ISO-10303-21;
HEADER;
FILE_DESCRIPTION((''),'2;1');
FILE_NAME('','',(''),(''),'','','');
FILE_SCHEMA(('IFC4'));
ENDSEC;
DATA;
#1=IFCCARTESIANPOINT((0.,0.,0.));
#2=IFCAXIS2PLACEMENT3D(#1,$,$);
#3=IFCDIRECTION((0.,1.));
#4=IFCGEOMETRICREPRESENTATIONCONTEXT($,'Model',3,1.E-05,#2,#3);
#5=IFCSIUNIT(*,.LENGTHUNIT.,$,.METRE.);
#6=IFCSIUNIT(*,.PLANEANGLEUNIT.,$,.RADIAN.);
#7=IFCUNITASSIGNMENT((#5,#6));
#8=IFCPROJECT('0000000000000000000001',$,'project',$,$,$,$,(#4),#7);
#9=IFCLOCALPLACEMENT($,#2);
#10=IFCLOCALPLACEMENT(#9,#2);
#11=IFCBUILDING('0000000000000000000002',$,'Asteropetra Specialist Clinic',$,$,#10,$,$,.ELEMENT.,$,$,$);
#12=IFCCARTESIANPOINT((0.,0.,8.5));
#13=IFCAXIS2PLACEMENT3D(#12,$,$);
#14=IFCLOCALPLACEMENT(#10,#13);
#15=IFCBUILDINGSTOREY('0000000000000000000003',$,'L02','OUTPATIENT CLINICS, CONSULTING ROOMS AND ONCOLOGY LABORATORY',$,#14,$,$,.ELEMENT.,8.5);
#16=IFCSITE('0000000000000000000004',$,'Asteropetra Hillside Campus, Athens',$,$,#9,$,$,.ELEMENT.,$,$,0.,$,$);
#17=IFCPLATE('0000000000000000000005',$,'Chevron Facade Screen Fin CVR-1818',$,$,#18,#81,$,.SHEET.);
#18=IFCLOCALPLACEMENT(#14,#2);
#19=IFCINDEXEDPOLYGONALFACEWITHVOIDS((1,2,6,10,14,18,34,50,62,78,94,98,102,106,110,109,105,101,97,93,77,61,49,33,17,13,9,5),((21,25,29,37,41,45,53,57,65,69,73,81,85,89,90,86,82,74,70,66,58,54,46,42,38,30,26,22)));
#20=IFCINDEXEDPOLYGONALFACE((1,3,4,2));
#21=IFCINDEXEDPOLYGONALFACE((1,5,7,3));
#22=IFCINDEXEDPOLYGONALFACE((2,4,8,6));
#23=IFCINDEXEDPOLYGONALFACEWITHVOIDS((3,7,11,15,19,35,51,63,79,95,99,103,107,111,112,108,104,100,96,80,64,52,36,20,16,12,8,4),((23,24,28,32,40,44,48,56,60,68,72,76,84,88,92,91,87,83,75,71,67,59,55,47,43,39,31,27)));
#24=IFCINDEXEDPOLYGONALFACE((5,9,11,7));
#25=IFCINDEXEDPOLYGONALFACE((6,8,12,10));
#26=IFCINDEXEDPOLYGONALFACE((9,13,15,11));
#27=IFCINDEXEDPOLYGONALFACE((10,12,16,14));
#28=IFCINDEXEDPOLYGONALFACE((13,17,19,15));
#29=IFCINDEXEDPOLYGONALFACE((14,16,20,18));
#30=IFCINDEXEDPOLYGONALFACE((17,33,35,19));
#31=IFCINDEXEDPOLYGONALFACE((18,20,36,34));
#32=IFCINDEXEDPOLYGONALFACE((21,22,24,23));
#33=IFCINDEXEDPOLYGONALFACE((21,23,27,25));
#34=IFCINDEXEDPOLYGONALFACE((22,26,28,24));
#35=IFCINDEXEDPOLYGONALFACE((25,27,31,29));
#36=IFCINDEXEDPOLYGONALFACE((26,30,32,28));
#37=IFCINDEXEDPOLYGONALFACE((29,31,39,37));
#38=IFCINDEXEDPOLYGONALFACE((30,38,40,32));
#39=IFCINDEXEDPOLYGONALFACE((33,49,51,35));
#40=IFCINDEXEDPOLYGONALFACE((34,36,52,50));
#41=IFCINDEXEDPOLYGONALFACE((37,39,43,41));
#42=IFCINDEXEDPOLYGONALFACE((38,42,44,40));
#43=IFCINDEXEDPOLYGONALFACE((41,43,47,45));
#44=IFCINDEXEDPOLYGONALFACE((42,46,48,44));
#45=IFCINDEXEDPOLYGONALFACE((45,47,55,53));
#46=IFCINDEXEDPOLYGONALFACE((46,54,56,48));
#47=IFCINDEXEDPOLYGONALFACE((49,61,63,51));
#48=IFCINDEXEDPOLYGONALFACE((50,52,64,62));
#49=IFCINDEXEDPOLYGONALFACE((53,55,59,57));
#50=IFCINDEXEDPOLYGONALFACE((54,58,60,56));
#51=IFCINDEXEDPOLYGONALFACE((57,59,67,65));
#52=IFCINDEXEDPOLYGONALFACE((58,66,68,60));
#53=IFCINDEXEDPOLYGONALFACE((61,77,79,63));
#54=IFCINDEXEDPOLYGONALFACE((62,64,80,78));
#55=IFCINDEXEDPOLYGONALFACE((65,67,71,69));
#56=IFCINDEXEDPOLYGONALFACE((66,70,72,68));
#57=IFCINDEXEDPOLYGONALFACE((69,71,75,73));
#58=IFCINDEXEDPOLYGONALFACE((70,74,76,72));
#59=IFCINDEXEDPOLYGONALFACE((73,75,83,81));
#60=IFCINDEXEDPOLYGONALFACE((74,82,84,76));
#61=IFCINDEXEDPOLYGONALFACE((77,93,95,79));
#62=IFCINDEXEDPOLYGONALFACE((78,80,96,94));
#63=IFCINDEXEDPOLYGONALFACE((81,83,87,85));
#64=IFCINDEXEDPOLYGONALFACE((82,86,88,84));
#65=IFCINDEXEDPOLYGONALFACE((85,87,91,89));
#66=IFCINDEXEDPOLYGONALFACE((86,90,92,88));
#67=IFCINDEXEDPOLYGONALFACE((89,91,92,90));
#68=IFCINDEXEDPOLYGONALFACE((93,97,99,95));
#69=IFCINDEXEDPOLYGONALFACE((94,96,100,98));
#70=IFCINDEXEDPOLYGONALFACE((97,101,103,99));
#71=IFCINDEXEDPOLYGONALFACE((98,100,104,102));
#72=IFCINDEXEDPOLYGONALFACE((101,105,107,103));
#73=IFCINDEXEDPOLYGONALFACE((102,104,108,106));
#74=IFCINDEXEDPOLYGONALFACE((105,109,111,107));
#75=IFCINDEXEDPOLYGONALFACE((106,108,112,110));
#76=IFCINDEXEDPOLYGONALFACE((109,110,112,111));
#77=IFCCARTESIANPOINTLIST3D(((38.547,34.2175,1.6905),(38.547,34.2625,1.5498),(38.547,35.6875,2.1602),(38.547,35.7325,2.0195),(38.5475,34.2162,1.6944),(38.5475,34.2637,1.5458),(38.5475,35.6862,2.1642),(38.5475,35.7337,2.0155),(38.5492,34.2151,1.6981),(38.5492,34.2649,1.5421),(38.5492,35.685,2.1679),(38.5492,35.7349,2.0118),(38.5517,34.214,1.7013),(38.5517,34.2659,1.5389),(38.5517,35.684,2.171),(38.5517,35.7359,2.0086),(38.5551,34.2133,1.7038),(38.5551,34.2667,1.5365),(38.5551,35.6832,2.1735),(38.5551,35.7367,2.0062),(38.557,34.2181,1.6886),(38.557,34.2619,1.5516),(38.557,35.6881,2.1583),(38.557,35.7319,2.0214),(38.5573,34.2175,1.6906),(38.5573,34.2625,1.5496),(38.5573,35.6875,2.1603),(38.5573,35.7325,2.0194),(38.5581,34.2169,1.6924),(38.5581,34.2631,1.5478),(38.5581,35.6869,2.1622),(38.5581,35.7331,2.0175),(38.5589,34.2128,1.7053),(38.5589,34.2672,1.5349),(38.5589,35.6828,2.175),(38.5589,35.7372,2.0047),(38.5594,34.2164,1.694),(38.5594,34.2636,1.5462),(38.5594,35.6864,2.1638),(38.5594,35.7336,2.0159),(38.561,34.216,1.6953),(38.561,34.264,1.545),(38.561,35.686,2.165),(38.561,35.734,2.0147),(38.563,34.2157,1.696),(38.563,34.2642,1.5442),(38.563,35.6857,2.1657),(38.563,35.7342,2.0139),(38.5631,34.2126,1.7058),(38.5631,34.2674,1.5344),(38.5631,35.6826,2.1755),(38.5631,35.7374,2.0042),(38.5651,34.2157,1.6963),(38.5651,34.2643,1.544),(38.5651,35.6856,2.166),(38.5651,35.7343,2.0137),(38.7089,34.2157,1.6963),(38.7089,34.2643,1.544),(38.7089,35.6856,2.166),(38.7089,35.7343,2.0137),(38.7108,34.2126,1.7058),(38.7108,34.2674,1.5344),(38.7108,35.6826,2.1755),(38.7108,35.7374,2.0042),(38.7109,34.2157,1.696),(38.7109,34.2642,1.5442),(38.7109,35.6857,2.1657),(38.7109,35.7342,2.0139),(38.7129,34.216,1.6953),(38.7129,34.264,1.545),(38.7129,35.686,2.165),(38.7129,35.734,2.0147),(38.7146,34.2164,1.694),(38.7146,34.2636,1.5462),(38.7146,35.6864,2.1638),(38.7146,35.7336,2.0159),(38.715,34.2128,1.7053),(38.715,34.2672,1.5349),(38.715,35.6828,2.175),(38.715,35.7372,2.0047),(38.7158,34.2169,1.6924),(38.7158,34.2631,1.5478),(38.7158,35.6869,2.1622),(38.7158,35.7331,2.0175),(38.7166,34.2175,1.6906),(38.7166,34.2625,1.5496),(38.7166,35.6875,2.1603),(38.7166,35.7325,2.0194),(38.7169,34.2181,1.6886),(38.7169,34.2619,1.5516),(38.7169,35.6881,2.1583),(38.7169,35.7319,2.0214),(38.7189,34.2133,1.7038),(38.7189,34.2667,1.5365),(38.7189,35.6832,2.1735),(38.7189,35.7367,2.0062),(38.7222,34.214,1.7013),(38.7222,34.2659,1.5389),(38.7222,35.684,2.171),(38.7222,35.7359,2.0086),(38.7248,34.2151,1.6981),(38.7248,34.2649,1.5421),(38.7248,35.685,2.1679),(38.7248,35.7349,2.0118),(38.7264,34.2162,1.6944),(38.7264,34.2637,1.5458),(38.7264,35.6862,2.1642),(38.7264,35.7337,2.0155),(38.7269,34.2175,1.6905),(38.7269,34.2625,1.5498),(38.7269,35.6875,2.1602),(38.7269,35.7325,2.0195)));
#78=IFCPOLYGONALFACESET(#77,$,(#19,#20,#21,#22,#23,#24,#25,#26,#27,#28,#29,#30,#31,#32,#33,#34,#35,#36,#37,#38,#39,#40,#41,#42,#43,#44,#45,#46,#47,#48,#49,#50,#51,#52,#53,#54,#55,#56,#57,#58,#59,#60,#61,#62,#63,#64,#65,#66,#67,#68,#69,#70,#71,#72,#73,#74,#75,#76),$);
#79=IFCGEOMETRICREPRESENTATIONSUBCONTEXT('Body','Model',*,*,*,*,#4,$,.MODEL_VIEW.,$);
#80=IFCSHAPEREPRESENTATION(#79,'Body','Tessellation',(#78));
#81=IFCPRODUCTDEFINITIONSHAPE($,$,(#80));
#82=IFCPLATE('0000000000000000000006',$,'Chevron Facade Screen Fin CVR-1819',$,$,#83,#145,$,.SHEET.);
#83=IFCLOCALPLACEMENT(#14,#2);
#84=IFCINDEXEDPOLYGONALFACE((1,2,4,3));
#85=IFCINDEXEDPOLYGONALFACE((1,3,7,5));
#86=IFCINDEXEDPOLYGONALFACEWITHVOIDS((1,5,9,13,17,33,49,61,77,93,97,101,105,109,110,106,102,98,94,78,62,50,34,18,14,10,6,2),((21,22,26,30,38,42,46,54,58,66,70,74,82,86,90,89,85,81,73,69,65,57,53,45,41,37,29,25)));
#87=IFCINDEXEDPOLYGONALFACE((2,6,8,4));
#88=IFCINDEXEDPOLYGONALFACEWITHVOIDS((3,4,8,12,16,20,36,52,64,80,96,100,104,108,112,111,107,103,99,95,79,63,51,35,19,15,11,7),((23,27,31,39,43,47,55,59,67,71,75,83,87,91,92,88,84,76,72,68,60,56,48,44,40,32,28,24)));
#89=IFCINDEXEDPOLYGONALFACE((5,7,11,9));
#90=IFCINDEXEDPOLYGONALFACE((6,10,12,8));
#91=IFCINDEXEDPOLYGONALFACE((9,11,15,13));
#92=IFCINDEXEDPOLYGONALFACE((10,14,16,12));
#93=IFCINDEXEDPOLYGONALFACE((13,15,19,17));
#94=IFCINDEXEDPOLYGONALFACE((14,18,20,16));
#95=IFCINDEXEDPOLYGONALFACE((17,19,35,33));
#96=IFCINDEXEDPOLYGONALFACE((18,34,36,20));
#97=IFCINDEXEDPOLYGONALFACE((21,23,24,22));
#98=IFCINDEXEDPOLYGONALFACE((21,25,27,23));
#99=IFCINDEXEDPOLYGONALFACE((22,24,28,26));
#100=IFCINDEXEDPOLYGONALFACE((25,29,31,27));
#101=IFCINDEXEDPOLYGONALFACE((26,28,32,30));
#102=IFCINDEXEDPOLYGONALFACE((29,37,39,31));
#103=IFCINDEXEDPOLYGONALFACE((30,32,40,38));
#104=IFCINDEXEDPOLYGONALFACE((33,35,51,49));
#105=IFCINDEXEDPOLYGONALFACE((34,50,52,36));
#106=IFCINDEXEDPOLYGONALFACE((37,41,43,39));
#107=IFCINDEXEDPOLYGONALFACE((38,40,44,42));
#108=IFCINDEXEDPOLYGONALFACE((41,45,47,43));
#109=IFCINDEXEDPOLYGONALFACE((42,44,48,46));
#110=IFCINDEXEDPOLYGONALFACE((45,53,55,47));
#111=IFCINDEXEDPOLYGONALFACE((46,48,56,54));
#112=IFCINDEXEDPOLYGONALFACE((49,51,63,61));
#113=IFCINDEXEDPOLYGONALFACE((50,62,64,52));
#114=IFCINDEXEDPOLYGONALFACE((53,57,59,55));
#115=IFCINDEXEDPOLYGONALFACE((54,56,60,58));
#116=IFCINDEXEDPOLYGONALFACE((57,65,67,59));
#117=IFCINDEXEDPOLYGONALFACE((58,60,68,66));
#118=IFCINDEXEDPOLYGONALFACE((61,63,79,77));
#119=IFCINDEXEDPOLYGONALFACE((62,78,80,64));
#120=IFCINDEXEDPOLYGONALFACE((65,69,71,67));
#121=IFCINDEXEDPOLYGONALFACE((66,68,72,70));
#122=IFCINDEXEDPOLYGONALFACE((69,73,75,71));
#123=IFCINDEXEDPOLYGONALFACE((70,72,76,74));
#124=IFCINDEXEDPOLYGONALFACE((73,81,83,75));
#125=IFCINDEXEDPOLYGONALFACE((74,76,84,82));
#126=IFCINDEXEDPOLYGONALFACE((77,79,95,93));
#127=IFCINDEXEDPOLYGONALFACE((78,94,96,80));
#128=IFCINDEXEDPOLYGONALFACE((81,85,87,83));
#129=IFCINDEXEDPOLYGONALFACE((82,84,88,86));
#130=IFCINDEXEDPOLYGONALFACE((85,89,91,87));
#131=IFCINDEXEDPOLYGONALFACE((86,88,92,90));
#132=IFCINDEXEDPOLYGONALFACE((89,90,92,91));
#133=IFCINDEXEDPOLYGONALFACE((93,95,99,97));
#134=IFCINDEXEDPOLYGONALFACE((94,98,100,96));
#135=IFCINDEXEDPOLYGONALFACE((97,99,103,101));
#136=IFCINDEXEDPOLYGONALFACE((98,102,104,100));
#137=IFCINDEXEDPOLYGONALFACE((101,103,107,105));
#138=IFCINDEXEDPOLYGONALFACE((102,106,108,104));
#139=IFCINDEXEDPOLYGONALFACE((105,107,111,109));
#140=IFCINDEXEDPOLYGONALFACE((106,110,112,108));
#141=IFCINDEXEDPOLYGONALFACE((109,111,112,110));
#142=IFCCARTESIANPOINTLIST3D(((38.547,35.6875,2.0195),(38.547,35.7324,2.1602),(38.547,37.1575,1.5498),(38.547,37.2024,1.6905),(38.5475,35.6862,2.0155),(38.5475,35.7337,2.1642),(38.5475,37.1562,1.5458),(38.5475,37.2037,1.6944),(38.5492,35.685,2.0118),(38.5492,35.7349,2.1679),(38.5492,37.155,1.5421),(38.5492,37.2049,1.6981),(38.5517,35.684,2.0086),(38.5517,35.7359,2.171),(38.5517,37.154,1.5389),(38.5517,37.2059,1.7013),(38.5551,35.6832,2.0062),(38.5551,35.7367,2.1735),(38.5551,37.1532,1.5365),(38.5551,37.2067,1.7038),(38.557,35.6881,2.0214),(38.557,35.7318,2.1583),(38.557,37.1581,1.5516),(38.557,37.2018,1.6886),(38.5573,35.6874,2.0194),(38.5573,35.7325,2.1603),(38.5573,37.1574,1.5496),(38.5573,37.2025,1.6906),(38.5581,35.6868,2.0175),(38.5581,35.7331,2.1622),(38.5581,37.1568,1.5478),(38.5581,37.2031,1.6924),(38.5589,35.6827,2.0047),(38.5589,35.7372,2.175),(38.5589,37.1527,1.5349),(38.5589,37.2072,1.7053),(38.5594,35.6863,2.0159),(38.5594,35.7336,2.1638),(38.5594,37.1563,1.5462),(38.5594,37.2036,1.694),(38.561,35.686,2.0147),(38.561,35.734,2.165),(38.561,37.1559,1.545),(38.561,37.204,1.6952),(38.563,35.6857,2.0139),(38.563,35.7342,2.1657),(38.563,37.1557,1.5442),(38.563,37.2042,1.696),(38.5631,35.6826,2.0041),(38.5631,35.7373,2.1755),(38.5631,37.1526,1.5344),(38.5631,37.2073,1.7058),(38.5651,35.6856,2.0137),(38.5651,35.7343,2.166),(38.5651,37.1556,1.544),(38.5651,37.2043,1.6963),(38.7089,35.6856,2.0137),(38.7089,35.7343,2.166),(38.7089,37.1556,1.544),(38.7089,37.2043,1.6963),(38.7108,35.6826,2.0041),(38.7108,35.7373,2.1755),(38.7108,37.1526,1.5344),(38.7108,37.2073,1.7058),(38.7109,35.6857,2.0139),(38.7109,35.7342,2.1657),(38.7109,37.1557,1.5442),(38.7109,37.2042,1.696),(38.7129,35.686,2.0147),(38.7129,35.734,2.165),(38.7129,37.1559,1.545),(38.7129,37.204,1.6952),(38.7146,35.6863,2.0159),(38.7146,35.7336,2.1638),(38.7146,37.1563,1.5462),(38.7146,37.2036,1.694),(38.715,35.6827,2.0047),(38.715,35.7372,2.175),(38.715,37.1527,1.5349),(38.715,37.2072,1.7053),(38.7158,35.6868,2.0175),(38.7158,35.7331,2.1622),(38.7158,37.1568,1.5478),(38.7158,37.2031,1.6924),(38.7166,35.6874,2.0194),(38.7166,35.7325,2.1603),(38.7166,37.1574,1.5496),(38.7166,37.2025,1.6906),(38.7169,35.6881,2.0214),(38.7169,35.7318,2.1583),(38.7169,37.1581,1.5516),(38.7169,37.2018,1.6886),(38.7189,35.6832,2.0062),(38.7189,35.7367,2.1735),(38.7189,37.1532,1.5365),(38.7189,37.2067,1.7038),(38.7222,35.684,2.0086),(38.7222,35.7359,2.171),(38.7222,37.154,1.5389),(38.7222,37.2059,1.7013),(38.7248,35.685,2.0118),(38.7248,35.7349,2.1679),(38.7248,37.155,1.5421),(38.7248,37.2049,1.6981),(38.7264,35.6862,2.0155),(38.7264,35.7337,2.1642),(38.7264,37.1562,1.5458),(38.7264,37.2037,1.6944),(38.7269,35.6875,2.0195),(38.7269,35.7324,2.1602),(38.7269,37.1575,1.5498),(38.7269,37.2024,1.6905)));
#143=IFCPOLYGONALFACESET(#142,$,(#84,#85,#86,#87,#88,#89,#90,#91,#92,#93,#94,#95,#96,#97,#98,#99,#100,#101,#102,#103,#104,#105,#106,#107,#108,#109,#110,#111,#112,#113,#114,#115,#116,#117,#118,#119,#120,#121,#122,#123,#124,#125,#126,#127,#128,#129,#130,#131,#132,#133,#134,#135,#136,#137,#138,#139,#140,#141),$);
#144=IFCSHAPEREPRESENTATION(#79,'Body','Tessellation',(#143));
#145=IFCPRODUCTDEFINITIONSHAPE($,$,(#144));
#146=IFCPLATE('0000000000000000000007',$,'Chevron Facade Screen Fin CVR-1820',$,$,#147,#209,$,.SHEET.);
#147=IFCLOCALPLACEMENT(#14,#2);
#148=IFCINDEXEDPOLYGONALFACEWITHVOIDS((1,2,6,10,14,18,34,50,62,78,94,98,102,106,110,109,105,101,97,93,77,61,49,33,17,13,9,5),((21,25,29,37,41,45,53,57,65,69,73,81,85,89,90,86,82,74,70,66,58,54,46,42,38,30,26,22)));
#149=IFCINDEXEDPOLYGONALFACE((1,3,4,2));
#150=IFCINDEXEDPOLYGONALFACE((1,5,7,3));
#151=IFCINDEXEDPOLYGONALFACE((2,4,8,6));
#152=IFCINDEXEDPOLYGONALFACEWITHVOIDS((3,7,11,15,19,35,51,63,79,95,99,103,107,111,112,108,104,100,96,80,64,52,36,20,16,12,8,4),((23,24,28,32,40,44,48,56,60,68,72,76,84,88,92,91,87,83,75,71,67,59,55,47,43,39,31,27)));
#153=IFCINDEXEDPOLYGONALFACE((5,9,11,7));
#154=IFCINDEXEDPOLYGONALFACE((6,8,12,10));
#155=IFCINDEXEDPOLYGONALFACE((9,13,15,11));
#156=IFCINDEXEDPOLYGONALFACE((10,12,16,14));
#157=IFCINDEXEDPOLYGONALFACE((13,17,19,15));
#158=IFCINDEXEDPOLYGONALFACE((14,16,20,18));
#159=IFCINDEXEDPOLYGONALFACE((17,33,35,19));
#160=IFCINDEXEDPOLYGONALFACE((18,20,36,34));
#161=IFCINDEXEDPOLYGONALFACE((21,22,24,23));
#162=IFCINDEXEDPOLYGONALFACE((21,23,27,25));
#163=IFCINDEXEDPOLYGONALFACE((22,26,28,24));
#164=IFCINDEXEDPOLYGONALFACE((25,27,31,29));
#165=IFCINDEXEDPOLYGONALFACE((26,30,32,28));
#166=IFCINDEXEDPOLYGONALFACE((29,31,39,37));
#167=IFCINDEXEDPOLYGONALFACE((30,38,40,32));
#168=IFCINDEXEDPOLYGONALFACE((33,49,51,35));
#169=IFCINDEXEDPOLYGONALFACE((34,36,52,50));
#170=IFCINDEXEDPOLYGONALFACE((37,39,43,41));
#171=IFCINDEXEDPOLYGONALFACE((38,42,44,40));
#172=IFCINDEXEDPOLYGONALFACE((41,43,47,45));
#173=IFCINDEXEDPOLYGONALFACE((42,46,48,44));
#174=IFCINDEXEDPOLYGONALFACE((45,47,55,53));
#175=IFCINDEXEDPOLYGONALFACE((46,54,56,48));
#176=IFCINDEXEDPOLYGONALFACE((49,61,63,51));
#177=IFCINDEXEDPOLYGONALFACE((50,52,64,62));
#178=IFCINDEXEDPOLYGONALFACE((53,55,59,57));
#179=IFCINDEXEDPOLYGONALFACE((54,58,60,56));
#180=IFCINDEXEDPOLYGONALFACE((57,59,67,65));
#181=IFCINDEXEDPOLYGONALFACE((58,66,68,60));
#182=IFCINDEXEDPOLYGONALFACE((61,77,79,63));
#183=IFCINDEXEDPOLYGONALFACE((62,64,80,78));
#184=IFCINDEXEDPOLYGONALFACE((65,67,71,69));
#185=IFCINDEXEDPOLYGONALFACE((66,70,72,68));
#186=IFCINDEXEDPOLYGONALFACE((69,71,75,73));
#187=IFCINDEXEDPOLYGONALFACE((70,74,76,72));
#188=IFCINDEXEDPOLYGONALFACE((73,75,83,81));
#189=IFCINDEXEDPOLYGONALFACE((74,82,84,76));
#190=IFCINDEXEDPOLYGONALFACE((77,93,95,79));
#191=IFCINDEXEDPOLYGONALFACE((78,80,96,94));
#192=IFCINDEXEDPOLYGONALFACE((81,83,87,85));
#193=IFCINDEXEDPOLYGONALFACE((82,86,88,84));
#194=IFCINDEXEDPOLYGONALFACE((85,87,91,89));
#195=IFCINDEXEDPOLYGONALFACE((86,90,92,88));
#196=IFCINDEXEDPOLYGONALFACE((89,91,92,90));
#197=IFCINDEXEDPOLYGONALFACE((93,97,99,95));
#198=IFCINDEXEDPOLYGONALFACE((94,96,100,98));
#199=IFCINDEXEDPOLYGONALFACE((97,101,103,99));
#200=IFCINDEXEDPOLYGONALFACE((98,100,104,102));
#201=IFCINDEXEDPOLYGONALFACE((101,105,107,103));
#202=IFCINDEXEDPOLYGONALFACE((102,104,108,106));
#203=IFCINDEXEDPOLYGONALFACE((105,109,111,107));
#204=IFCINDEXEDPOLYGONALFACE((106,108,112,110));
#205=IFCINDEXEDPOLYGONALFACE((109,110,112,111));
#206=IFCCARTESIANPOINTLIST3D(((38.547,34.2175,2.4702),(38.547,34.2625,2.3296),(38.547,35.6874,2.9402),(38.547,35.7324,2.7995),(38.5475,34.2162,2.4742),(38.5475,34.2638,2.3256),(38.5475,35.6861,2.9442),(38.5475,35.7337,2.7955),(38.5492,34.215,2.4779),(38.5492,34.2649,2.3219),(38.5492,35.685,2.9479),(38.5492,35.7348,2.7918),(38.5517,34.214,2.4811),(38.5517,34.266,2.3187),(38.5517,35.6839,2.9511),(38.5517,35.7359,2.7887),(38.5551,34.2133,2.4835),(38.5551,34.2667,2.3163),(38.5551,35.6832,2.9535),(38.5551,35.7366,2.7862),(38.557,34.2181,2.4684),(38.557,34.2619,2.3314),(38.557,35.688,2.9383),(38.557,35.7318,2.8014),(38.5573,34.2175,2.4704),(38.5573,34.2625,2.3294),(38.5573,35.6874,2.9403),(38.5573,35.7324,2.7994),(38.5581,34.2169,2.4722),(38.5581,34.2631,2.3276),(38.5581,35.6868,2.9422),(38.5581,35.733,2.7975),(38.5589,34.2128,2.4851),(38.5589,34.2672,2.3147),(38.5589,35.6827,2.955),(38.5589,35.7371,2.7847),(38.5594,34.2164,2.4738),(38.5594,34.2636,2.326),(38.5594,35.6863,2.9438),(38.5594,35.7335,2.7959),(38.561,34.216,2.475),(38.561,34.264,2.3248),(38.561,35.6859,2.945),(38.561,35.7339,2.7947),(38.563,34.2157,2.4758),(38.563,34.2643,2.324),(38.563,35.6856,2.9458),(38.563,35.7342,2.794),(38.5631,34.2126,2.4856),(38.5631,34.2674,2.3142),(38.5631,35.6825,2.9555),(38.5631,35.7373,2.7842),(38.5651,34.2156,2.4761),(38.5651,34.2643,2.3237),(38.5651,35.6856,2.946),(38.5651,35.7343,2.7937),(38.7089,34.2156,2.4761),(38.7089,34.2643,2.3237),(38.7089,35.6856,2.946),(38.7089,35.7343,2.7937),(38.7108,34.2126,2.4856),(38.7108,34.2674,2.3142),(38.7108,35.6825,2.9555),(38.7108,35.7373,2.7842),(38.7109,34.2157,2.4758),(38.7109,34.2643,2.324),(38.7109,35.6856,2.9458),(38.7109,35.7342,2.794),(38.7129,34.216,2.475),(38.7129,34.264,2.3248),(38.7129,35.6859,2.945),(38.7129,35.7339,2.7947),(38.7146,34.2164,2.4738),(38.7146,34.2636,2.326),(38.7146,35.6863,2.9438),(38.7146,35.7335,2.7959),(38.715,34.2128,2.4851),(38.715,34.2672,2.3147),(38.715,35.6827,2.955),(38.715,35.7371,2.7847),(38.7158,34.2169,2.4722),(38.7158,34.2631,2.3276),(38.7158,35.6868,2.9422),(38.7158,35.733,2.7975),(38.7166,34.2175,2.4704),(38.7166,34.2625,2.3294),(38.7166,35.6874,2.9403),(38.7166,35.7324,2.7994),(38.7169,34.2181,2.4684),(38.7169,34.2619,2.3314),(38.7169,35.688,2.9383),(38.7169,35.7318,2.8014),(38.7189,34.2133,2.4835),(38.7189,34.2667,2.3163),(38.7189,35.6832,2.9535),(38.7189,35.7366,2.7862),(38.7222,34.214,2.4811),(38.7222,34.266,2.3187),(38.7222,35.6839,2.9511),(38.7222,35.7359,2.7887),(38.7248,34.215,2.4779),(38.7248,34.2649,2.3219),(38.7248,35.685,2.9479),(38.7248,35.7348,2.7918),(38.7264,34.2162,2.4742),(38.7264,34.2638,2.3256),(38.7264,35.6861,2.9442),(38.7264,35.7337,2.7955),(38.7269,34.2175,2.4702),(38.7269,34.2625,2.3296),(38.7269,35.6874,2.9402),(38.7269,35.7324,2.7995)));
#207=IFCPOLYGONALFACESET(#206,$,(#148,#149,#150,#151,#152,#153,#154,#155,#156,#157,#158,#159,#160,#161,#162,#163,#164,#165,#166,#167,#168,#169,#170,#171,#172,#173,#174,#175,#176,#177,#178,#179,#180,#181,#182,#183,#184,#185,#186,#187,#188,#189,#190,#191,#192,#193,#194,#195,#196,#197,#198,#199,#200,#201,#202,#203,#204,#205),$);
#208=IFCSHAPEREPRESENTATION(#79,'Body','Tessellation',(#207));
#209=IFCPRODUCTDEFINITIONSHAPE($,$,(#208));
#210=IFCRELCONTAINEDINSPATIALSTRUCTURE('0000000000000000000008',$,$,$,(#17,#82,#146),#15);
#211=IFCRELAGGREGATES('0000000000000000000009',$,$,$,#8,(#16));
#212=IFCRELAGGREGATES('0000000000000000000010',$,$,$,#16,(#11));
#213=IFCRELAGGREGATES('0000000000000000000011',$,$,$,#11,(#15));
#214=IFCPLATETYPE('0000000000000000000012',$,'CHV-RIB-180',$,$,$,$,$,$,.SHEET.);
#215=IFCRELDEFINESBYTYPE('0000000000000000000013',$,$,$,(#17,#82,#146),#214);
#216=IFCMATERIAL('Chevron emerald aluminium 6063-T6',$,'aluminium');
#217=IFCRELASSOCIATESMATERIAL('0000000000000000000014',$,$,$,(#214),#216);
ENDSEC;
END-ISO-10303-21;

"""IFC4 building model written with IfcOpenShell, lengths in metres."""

from ifc_helpers import new_model, si_unit, direction, frame, origin, origin_2d, place, context, subcontext, project, spatial, hollow_rectangle, extrude, material, material_profile, profile_set, type_object, element, save


model = new_model("IFC4")

# Units and contexts
model_context = context("Model", 3, precision=1e-05, world=origin(), true_north=direction((0.0, 1.0)))
body_context = subcontext(model_context, "Body", "Model", "MODEL_VIEW")
ifc_project = project(units=[si_unit("LENGTHUNIT", "METRE"), si_unit("PLANEANGLEUNIT", "RADIAN")], contexts=[model_context])

# Site, building, storey
site_placement = place(None, origin())
site = spatial("IfcSite", under=ifc_project, at=site_placement, Name="Asteropetra Hillside Campus, Athens", CompositionType="ELEMENT", RefElevation=0.0)
building_placement = place(site_placement, origin())
building = spatial("IfcBuilding", under=site, at=building_placement, Name="Asteropetra Specialist Clinic", CompositionType="ELEMENT")
storey_placement = place(building_placement, frame((0.0, 0.0, 8.5)))
storey = spatial("IfcBuildingStorey", under=building, at=storey_placement, Name="L02", Description="OUTPATIENT CLINICS, CONSULTING ROOMS AND ONCOLOGY LABORATORY", CompositionType="ELEMENT", Elevation=8.5)

# Plates
ifc_material_1 = material(Name="Chevron emerald aluminium 6063-T6", Category="aluminium")
ifc_material_profile_1 = material_profile(ifc_material_1, hollow_rectangle(XDim=0.1799, YDim=0.1799, WallThickness=0.01, InnerFilletRadius=0.0081, OuterFilletRadius=0.0161, at=origin_2d()), Name="SHS 180x180x10.0")
ifc_profile_set_1 = profile_set([ifc_material_profile_1], Name="Chevron emerald aluminium 6063-T6")
plate_type_1 = type_object("IfcPlateType", Name="CHV-RIB-180", PredefinedType="SHEET", material=ifc_profile_set_1)
for number, where, z_axis, x_axis, name in (
    (1, (38.637, 34.24, 1.6201), (0.0, 0.952549, 0.304385), (-1.0, 0.0, 0.0), "Chevron Facade Screen Fin CVR-1818"),
    (2, (38.637, 35.71, 2.0898), (0.0, 0.952549, -0.304385), (-1.0, 0.0, 0.0), "Chevron Facade Screen Fin CVR-1819"),
    (3, (38.637, 34.24, 2.3999), (0.0, 0.952503, 0.304529), (-1.0, 0.0, 0.0), "Chevron Facade Screen Fin CVR-1820"),
):
    element("IfcPlate", number, at=place(storey_placement, frame(where, z_axis=z_axis, x_axis=x_axis)), inside=storey, type_object=plate_type_1, Name=name, PredefinedType="SHEET", context=body_context, shape_type="SweptSolid", body=[
        extrude(hollow_rectangle(XDim=0.1799, YDim=0.1799, WallThickness=0.01, InnerFilletRadius=0.0081, OuterFilletRadius=0.0161, at=origin_2d()), origin(), (0.0, 0.0, 1.0), 1.5432),
    ])

save(model, "model.ifc")
